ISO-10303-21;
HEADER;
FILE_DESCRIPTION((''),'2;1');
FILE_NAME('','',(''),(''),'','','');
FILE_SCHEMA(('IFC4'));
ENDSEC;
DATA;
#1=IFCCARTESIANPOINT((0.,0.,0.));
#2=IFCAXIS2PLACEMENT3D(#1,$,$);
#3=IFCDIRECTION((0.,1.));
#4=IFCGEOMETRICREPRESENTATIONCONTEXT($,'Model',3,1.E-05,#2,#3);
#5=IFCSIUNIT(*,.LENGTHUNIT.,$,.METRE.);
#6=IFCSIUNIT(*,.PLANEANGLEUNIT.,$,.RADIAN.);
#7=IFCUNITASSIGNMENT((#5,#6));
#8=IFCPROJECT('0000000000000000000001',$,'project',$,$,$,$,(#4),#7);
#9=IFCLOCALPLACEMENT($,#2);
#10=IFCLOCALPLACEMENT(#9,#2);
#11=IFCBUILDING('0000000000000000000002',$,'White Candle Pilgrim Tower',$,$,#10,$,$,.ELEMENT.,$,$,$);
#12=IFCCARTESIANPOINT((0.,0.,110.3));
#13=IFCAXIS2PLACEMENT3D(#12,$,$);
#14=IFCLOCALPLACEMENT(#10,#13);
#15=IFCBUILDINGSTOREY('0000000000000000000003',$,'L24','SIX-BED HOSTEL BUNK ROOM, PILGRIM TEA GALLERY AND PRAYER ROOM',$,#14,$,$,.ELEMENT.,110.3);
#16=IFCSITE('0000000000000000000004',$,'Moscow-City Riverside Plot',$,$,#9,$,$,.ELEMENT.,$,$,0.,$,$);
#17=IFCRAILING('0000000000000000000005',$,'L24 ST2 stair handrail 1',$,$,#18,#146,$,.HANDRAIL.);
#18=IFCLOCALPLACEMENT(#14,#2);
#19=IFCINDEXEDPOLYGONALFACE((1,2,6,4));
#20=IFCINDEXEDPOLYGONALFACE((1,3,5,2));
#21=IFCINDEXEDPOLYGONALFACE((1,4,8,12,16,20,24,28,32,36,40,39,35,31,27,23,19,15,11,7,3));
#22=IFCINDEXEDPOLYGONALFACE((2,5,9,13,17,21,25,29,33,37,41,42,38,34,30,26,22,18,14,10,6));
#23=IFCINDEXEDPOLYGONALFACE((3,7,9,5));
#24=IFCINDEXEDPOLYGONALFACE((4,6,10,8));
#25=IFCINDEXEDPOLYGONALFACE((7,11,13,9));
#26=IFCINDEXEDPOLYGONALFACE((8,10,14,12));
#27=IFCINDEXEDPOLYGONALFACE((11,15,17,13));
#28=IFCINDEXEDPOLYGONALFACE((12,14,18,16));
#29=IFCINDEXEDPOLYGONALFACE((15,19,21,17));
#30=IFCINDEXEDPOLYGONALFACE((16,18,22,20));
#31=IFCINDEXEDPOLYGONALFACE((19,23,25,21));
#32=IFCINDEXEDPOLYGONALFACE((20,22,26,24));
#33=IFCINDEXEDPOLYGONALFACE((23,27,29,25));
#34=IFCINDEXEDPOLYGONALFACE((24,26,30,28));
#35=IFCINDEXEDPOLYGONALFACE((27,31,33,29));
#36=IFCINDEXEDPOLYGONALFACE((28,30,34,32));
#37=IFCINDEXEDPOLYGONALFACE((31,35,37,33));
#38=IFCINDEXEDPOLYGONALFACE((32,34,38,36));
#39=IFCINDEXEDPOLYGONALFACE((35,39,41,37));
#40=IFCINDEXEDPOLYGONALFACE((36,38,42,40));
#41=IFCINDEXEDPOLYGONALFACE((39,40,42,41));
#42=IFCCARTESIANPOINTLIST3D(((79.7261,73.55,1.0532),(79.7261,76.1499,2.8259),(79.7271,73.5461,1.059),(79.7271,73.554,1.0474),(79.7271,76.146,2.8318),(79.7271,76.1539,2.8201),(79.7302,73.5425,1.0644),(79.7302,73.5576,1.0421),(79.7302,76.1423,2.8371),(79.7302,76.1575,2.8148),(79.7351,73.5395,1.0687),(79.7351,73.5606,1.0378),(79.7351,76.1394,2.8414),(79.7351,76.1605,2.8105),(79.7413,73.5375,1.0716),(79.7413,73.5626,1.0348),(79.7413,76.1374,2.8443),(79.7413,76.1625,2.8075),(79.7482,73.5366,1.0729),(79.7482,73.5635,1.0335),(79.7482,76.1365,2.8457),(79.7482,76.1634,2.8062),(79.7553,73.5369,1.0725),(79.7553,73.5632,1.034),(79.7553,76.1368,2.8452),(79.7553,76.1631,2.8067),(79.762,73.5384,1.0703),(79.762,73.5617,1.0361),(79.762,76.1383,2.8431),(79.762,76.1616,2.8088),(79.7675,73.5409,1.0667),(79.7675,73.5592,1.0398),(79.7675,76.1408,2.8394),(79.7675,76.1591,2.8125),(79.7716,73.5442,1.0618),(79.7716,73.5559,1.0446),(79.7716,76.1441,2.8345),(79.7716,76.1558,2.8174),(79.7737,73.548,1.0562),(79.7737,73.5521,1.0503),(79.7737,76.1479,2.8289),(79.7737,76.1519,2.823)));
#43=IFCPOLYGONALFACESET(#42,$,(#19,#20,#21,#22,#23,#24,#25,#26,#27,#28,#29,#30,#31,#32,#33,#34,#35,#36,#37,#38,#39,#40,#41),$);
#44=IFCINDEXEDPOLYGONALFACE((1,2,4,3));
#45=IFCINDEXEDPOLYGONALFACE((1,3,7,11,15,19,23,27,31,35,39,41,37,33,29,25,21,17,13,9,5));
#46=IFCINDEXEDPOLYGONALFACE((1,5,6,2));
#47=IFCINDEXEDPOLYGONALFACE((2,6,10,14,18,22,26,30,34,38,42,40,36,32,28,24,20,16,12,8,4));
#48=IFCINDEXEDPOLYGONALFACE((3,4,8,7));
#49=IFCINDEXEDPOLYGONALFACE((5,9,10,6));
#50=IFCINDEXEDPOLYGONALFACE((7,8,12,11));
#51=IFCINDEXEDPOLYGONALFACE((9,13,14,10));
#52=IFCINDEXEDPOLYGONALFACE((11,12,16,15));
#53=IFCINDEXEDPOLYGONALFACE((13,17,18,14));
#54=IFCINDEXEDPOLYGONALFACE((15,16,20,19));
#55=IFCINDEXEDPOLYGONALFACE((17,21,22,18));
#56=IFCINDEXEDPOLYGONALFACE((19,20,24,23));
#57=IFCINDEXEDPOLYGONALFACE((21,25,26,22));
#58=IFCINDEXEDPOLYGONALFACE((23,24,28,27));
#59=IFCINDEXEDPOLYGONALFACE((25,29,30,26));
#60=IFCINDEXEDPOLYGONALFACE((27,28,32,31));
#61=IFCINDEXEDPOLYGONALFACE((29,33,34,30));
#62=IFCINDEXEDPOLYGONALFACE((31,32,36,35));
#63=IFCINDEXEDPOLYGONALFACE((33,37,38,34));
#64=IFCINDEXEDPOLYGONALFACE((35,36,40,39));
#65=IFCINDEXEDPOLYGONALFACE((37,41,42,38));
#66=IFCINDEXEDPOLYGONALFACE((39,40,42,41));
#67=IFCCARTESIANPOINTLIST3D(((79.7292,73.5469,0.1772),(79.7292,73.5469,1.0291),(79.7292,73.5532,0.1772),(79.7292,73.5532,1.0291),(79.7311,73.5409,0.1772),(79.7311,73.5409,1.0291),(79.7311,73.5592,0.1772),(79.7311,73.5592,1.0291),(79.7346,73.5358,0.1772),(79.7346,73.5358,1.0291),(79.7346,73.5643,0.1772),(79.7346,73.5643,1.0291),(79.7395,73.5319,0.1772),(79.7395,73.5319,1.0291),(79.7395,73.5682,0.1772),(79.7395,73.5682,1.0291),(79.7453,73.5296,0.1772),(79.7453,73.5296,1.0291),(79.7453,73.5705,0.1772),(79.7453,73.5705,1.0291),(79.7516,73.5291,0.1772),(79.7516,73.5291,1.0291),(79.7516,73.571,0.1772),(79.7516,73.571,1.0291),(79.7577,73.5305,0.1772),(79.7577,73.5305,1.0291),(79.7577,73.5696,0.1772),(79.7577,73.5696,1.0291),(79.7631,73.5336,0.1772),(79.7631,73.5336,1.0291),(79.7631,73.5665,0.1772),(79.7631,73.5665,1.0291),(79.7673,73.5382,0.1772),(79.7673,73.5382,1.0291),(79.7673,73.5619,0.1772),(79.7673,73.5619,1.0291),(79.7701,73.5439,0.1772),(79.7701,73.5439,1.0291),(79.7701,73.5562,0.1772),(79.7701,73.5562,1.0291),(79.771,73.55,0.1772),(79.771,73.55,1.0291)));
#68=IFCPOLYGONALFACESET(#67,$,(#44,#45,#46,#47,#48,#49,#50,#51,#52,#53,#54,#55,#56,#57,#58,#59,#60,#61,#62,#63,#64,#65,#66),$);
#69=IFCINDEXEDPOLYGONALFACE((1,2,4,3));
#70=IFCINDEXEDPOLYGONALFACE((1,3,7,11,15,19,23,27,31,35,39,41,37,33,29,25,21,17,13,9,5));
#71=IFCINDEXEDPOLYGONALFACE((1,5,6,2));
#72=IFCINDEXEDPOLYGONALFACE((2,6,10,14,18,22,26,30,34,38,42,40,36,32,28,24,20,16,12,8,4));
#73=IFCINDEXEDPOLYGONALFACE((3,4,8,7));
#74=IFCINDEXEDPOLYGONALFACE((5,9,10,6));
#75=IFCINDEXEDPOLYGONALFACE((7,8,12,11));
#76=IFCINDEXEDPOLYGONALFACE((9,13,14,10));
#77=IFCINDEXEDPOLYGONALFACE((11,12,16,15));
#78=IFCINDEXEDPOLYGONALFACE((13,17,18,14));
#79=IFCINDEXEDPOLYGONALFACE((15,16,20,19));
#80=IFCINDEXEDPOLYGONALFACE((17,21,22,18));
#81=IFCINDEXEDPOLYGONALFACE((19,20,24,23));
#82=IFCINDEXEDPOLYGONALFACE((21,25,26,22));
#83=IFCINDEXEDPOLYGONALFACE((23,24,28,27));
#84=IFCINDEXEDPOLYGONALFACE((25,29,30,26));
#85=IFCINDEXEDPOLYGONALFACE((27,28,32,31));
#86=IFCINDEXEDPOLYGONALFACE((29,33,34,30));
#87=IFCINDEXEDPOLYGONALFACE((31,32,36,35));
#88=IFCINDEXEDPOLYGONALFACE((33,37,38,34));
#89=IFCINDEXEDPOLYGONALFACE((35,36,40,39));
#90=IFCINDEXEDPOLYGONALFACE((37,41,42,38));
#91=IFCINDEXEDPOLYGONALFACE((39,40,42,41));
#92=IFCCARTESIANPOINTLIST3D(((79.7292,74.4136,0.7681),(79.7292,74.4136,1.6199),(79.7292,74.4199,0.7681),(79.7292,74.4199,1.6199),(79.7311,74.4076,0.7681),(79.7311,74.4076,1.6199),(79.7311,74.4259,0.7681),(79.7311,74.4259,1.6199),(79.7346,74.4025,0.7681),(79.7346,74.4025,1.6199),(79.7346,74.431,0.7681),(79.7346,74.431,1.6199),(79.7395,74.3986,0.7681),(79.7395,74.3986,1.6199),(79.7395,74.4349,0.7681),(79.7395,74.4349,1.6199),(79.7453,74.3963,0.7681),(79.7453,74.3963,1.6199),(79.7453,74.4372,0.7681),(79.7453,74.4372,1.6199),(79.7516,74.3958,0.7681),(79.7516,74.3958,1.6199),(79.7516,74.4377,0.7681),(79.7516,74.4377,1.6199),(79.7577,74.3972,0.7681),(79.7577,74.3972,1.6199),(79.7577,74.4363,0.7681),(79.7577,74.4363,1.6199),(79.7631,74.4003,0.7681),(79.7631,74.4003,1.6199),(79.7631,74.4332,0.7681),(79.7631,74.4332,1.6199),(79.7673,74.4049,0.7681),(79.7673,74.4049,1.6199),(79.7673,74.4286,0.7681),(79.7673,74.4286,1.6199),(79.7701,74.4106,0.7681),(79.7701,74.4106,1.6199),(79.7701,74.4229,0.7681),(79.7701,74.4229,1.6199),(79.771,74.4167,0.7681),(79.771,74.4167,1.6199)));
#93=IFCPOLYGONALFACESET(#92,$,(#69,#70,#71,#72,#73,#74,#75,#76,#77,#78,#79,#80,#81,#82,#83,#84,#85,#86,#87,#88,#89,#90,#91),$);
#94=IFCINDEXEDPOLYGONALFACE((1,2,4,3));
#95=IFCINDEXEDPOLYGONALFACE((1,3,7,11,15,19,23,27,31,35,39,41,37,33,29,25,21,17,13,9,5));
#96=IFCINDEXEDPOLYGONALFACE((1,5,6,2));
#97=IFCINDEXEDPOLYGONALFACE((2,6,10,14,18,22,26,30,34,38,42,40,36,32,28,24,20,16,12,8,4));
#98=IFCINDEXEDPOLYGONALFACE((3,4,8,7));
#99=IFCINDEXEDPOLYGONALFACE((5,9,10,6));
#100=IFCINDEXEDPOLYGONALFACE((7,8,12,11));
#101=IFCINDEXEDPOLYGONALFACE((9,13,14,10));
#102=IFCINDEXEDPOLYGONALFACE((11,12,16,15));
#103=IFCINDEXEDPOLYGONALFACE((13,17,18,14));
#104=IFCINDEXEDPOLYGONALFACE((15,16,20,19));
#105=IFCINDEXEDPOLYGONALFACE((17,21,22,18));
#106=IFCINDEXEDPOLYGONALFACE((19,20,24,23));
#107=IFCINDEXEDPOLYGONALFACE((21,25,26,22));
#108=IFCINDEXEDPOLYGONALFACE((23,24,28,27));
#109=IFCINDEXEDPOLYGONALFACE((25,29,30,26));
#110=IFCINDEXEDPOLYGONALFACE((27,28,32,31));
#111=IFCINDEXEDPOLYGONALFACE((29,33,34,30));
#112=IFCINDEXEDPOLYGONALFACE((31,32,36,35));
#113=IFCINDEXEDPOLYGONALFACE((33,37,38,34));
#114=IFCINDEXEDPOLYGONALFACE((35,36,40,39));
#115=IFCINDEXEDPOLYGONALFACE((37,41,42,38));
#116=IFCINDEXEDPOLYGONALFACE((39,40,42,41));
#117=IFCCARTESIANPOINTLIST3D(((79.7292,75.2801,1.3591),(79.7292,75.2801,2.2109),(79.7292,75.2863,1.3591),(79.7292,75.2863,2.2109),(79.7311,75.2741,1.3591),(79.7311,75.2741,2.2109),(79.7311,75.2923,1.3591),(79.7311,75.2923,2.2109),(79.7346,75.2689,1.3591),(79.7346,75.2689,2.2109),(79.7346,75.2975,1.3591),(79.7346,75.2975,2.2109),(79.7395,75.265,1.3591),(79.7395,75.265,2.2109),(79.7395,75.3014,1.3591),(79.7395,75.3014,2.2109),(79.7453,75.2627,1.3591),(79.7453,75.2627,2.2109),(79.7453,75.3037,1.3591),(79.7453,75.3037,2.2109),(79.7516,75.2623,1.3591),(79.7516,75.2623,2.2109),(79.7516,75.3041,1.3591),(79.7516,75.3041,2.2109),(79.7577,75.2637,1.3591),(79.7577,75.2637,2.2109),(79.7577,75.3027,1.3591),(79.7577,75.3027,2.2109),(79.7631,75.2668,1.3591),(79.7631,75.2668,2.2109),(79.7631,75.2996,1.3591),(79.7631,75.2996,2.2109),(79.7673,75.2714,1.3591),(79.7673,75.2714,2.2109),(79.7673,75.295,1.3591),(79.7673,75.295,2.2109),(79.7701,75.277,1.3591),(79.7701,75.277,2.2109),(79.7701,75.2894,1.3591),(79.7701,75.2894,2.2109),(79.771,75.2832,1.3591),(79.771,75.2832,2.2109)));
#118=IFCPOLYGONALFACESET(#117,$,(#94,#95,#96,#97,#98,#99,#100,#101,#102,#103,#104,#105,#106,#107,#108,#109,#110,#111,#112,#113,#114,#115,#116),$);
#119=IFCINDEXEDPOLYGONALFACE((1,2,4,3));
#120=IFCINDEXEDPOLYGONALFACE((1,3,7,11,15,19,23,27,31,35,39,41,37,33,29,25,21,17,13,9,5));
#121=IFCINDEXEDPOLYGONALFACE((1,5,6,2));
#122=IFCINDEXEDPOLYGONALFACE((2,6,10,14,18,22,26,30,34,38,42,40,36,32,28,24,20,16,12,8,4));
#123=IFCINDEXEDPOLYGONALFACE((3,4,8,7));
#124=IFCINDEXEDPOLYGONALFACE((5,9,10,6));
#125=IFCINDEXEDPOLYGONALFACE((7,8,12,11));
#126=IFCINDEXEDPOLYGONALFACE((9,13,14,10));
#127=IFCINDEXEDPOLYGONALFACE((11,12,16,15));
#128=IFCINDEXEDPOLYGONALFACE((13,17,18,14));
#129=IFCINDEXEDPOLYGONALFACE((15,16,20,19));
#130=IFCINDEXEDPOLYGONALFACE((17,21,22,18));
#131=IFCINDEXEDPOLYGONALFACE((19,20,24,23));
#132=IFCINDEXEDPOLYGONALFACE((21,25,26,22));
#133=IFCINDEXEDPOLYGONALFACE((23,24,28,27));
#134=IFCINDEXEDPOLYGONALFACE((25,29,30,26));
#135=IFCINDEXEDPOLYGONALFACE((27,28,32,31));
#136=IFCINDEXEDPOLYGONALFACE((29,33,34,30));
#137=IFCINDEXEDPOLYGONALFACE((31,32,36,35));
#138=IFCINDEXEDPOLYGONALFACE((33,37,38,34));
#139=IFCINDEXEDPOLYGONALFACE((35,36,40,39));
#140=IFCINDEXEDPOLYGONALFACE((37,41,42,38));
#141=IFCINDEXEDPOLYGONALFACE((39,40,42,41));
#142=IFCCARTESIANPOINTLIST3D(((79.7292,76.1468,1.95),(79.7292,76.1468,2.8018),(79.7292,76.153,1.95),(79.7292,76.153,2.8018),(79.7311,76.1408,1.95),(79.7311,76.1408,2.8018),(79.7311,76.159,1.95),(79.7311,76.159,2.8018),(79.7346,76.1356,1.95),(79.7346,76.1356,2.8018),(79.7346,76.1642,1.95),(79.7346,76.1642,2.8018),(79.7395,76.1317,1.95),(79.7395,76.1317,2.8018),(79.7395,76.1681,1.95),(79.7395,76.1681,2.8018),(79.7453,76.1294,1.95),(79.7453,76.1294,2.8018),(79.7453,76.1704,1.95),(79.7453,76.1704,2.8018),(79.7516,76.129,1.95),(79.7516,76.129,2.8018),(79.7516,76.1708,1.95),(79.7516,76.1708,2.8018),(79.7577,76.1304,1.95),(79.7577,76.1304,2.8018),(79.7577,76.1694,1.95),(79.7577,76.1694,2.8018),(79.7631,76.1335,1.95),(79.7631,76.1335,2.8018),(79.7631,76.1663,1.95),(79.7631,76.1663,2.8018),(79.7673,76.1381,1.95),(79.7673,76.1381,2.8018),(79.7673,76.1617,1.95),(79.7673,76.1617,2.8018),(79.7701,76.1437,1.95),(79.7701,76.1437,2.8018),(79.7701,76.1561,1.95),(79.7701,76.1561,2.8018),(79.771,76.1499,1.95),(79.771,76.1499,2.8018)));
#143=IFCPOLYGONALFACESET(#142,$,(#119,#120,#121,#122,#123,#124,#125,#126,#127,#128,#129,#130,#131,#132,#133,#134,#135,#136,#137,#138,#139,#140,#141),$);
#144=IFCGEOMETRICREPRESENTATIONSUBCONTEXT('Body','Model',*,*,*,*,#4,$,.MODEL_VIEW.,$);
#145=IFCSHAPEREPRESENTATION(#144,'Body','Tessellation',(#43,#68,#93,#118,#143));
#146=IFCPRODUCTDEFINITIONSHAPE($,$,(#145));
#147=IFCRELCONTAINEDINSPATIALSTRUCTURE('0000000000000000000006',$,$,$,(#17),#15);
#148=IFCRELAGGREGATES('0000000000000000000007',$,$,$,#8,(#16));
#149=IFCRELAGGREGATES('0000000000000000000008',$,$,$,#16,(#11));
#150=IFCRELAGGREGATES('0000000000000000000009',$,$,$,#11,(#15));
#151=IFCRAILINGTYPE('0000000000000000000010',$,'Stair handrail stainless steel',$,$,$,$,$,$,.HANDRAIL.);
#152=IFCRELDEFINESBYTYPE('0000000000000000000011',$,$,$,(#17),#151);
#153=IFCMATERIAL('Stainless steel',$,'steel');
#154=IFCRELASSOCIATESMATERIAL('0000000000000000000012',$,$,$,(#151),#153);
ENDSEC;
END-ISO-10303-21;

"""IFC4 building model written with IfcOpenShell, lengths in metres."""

from ifc_helpers import new_model, si_unit, direction, frame, origin, origin_2d, place, context, subcontext, project, spatial, circle, extrude, material, type_object, element, save


model = new_model("IFC4")

# Units and contexts
model_context = context("Model", 3, precision=1e-05, world=origin(), true_north=direction((0.0, 1.0)))
body_context = subcontext(model_context, "Body", "Model", "MODEL_VIEW")
ifc_project = project(units=[si_unit("LENGTHUNIT", "METRE"), si_unit("PLANEANGLEUNIT", "RADIAN")], contexts=[model_context])

# Site, building, storey
site_placement = place(None, origin())
site = spatial("IfcSite", under=ifc_project, at=site_placement, Name="Moscow-City Riverside Plot", CompositionType="ELEMENT", RefElevation=0.0)
building_placement = place(site_placement, origin())
building = spatial("IfcBuilding", under=site, at=building_placement, Name="White Candle Pilgrim Tower", CompositionType="ELEMENT")
storey_placement = place(building_placement, frame((0.0, 0.0, 110.3)))
storey = spatial("IfcBuildingStorey", under=building, at=storey_placement, Name="L24", Description="SIX-BED HOSTEL BUNK ROOM, PILGRIM TEA GALLERY AND PRAYER ROOM", CompositionType="ELEMENT", Elevation=110.3)

# Railing
ifc_material_1 = material(Name="Stainless steel", Category="steel")
railing_type_1 = type_object("IfcRailingType", Name="Stair handrail stainless steel", PredefinedType="HANDRAIL", material=ifc_material_1)
railing_1_placement = place(storey_placement, frame((79.75, 73.55, 0.1772)))
element("IfcRailing", 1, at=railing_1_placement, inside=storey, type_object=railing_type_1, Name="L24 ST2 stair handrail 1", PredefinedType="HANDRAIL", context=body_context, shape_type="SweptSolid", body=[
    extrude(circle(Radius=0.0239, at=origin_2d()), frame((0.0, 0.0, 0.876), z_axis=(0.0, 0.826216, 0.563354), x_axis=(-1.0, 0.0, 0.0)), (0.0, 0.0, 1.0), 3.1467),
    extrude(circle(Radius=0.021, at=origin_2d()), origin(), (0.0, 0.0, 1.0), 0.8518),
    extrude(circle(Radius=0.021, at=origin_2d()), frame((0.0, 0.8667, 0.5908)), (0.0, 0.0, 1.0), 0.8518),
    extrude(circle(Radius=0.021, at=origin_2d()), frame((0.0, 1.7332, 1.1819)), (0.0, 0.0, 1.0), 0.8518),
    extrude(circle(Radius=0.021, at=origin_2d()), frame((0.0, 2.5999, 1.7727)), (0.0, 0.0, 1.0), 0.8518),
])

save(model, "model.ifc")
